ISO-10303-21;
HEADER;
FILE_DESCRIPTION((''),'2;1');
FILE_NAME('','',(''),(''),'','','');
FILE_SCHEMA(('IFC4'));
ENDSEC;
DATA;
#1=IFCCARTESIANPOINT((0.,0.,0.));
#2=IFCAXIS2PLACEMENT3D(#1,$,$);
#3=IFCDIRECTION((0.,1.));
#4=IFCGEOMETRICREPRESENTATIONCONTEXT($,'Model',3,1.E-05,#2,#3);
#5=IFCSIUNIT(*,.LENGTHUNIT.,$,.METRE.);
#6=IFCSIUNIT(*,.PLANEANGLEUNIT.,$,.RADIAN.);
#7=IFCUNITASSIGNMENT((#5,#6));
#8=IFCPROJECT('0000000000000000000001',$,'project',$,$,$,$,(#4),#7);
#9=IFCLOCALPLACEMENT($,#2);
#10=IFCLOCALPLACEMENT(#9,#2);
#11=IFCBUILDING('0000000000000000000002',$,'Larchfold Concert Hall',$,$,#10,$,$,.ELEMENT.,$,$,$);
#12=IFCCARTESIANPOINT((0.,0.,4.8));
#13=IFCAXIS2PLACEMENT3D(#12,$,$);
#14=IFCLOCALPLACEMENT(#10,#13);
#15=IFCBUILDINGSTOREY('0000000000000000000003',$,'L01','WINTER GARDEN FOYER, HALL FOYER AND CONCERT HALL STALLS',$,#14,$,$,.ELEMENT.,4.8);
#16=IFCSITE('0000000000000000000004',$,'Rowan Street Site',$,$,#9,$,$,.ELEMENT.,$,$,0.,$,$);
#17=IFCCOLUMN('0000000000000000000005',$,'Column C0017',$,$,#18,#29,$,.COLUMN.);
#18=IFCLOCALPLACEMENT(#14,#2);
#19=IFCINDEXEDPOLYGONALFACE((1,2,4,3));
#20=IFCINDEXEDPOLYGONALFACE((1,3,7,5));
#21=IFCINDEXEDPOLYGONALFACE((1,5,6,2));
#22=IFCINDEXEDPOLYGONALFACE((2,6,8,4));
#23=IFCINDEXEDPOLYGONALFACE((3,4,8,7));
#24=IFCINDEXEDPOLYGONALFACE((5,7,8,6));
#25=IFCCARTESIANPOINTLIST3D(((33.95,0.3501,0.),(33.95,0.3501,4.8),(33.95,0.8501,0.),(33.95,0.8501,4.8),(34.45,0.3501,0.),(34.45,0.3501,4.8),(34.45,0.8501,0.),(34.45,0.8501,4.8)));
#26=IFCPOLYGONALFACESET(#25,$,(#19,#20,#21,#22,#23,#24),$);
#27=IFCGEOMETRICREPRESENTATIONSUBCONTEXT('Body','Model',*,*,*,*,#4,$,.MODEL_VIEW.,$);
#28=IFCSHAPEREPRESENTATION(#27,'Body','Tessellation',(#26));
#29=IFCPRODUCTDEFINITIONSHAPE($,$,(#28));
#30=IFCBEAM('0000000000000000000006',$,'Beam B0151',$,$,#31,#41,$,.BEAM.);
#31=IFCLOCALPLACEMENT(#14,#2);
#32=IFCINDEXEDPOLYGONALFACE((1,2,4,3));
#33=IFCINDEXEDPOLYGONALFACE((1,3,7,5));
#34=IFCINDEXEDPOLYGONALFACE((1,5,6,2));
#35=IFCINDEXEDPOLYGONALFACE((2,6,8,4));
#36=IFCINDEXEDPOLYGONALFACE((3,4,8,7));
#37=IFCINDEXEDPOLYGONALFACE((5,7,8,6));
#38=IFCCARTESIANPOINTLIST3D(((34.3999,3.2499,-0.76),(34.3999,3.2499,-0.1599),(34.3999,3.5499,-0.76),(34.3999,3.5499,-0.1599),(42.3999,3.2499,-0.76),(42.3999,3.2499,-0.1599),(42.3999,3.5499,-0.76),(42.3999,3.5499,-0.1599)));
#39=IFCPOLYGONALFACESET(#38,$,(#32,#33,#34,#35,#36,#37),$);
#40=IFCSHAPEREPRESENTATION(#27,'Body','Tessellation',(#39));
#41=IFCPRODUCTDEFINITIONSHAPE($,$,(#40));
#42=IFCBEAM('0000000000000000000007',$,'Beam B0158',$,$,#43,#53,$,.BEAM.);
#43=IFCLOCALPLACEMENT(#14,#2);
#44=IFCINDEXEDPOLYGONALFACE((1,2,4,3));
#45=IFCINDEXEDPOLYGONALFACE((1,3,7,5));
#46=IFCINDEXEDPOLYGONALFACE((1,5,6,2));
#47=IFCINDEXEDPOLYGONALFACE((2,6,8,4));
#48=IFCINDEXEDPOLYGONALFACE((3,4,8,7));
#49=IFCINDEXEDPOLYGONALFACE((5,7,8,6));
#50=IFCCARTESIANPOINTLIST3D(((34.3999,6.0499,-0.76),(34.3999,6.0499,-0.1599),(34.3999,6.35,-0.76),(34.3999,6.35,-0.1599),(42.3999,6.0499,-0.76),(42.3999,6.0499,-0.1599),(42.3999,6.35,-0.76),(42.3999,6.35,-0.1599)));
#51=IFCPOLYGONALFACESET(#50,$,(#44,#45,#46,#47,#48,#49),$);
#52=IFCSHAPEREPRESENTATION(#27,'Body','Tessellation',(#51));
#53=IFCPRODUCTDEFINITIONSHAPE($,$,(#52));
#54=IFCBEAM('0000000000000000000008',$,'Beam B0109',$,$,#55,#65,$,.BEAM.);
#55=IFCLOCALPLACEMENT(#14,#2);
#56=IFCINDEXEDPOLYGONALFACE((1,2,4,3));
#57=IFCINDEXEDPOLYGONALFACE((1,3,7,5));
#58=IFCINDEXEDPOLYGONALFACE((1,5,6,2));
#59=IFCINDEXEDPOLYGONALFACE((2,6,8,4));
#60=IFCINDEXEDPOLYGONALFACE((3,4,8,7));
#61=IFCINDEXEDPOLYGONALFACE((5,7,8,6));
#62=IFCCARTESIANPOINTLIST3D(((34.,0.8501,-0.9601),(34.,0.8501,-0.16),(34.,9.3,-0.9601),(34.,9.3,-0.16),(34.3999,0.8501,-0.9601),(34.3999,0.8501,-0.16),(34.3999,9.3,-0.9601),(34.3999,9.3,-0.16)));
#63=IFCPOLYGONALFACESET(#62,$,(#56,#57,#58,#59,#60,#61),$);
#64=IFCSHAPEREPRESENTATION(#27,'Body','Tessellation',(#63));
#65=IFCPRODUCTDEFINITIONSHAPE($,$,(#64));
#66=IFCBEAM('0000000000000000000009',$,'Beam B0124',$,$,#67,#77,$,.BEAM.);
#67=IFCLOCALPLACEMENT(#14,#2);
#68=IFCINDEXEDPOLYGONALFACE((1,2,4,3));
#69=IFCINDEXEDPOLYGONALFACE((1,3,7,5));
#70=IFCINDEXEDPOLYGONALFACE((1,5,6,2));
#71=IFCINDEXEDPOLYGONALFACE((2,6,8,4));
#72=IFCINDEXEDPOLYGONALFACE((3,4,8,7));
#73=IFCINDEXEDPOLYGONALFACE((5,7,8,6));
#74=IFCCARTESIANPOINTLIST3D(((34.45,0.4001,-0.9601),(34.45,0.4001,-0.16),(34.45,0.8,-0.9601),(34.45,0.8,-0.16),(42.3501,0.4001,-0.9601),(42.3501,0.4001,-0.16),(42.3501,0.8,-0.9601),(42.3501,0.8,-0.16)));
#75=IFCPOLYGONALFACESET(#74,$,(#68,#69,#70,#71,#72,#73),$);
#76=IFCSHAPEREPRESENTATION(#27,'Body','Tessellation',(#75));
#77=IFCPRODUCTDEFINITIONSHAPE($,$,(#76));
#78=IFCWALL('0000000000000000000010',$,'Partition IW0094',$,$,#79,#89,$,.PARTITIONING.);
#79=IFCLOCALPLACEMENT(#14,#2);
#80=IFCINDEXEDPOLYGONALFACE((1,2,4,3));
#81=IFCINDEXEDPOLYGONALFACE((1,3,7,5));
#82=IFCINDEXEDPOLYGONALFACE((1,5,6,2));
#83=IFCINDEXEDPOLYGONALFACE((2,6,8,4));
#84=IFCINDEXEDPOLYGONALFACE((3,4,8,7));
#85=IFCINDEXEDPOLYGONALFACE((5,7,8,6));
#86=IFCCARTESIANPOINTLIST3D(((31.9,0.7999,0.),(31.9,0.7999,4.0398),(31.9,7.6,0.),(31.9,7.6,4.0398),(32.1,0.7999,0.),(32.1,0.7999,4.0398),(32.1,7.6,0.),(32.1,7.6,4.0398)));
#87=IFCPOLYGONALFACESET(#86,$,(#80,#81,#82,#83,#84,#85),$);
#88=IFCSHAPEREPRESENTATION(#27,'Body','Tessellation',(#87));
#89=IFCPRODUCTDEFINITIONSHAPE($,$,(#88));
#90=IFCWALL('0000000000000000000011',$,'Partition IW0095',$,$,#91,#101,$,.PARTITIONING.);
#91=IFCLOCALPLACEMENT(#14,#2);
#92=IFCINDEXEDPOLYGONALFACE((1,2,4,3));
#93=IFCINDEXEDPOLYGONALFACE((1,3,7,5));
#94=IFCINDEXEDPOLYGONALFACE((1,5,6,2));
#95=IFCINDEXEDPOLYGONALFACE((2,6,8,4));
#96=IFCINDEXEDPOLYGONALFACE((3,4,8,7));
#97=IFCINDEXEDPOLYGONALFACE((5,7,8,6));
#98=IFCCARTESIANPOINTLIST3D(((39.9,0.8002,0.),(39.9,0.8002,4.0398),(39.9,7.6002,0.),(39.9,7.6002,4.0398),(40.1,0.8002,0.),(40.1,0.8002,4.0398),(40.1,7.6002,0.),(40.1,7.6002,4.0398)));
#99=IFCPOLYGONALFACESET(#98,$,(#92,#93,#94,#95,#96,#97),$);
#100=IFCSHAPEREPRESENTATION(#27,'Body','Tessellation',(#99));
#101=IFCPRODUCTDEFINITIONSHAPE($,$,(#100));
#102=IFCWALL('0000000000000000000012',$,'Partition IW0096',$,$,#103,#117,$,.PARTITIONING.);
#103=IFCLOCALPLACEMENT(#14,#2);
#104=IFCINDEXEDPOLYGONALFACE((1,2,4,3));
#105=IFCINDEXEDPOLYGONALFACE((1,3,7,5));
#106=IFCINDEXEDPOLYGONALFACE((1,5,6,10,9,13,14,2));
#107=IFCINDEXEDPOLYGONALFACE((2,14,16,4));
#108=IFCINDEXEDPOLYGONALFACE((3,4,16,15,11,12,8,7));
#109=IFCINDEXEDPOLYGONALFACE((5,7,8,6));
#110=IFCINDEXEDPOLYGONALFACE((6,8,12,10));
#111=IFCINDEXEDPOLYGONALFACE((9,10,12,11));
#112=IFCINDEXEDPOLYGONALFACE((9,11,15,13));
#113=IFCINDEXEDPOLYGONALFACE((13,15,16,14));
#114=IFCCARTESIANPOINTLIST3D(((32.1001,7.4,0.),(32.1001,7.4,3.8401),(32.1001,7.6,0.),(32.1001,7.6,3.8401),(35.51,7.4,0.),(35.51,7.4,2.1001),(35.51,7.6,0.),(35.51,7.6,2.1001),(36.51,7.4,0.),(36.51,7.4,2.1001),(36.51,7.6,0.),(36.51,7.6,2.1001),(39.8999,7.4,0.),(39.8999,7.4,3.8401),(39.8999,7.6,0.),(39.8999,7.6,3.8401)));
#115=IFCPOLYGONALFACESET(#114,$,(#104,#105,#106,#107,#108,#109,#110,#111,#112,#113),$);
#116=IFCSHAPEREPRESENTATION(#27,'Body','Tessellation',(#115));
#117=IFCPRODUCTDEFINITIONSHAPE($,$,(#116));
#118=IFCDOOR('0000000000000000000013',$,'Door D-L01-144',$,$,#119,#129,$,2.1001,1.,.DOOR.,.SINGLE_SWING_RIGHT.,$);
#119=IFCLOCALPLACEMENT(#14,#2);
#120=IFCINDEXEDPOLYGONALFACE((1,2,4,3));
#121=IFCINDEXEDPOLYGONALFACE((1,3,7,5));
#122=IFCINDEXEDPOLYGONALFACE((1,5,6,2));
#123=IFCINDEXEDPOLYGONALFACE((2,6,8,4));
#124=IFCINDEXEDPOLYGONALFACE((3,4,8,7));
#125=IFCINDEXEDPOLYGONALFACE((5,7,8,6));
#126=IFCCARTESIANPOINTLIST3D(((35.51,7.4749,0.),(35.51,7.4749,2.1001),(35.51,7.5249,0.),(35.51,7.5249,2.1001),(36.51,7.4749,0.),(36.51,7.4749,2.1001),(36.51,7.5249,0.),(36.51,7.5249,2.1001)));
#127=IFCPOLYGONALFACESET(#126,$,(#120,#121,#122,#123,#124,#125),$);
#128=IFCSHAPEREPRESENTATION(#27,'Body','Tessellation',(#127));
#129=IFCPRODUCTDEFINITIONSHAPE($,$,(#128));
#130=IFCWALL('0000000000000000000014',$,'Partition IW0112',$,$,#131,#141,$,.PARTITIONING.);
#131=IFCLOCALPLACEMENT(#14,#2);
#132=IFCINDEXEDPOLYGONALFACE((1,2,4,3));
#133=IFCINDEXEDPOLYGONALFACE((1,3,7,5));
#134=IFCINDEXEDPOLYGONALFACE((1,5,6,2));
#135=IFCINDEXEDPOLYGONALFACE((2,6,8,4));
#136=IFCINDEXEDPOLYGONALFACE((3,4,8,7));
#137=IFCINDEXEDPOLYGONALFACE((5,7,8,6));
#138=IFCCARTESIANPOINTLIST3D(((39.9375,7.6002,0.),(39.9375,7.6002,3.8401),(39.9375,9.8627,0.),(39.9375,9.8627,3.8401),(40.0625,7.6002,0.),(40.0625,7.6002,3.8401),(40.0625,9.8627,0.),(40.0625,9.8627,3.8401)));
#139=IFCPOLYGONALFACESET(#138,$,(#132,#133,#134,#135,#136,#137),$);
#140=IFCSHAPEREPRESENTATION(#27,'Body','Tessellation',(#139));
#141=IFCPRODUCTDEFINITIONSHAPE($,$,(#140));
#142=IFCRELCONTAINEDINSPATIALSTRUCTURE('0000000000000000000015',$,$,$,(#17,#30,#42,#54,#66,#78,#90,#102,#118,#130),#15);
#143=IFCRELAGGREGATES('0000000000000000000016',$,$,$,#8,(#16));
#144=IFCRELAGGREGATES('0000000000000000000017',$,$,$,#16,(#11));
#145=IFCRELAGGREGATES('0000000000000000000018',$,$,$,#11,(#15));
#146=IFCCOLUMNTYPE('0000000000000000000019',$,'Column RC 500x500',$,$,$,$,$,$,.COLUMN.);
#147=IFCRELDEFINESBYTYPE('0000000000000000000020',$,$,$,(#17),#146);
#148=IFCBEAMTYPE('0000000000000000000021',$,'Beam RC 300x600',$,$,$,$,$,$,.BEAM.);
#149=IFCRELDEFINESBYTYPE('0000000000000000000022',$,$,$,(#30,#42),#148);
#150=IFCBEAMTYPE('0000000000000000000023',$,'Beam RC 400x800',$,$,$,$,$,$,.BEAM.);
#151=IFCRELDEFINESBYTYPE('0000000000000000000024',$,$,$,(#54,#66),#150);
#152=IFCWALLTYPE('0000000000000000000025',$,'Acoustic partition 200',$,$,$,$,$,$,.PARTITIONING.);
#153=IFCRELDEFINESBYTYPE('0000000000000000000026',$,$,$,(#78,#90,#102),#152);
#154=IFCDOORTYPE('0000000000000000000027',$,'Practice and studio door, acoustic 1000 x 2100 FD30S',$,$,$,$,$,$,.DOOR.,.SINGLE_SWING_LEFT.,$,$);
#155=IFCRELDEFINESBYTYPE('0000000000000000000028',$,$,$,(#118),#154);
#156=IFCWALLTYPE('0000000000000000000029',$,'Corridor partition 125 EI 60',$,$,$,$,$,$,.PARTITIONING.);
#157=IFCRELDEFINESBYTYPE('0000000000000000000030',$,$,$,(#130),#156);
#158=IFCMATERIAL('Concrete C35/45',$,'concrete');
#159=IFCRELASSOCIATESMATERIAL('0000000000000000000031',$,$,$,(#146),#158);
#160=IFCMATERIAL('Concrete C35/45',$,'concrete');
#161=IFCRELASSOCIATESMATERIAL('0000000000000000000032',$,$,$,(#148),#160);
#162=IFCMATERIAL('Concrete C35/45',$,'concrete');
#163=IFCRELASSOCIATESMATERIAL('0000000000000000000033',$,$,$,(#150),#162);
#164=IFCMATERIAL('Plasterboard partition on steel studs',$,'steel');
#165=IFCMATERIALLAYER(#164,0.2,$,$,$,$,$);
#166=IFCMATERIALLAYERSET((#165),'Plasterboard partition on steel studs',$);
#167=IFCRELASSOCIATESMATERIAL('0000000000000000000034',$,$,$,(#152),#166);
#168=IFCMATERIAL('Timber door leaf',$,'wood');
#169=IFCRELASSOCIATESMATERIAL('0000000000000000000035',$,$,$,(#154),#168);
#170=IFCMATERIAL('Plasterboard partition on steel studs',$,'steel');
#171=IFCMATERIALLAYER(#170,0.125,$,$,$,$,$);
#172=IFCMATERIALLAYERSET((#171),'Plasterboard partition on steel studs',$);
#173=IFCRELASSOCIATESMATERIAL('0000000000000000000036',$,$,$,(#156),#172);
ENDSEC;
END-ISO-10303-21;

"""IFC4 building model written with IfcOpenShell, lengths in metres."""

from ifc_helpers import new_model, si_unit, direction, frame, frame_2d, origin, origin_2d, place, context, subcontext, project, spatial, rectangle, extrude, material, layer, layer_set, material_profile, profile_set, type_object, element, fill, save


model = new_model("IFC4")

# Units and contexts
model_context = context("Model", 3, precision=1e-05, world=origin(), true_north=direction((0.0, 1.0)))
body_context = subcontext(model_context, "Body", "Model", "MODEL_VIEW")
ifc_project = project(units=[si_unit("LENGTHUNIT", "METRE"), si_unit("PLANEANGLEUNIT", "RADIAN")], contexts=[model_context])

# Site, building, storey
site_placement = place(None, origin())
site = spatial("IfcSite", under=ifc_project, at=site_placement, Name="Rowan Street Site", CompositionType="ELEMENT", RefElevation=0.0)
building_placement = place(site_placement, origin())
building = spatial("IfcBuilding", under=site, at=building_placement, Name="Larchfold Concert Hall", CompositionType="ELEMENT")
storey_placement = place(building_placement, frame((0.0, 0.0, 4.8)))
storey = spatial("IfcBuildingStorey", under=building, at=storey_placement, Name="L01", Description="WINTER GARDEN FOYER, HALL FOYER AND CONCERT HALL STALLS", CompositionType="ELEMENT", Elevation=4.8)

# Column
ifc_material_1 = material(Name="Concrete C35/45", Category="concrete")
ifc_material_profile_1 = material_profile(ifc_material_1, rectangle(XDim=0.5, YDim=0.5, at=origin_2d()))
ifc_profile_set_1 = profile_set([ifc_material_profile_1], Name="Concrete C35/45")
column_type = type_object("IfcColumnType", Name="Column RC 500x500", PredefinedType="COLUMN", material=ifc_profile_set_1)
column_placement = place(storey_placement, frame((34.2, 0.6001, 0.0), z_axis=(0.0, 0.0, 1.0), x_axis=(1.0, 0.0, 0.0)))
element("IfcColumn", 1, at=column_placement, inside=storey, type_object=column_type, Name="Column C0017", PredefinedType="COLUMN", context=body_context, shape_type="SweptSolid", body=[
    extrude(rectangle(XDim=0.5, YDim=0.5, at=origin_2d()), origin(), (0.0, 0.0, 1.0), 4.8),
])

# Beams
ifc_material_2 = material(Name="Concrete C35/45", Category="concrete")
ifc_material_profile_2 = material_profile(ifc_material_2, rectangle(XDim=0.3, YDim=0.6001, at=origin_2d()))
ifc_profile_set_2 = profile_set([ifc_material_profile_2], Name="Concrete C35/45")
beam_type_1 = type_object("IfcBeamType", Name="Beam RC 300x600", PredefinedType="BEAM", material=ifc_profile_set_2)
for number, where, z_axis, x_axis, name in (
    (2, (34.3999, 3.3999, -0.46), (1.0, 0.0, 0.0), (0.0, 1.0, 0.0), "Beam B0151"),
    (3, (34.3999, 6.2, -0.46), (1.0, 0.0, 0.0), (0.0, 1.0, 0.0), "Beam B0158"),
):
    element("IfcBeam", number, at=place(storey_placement, frame(where, z_axis=z_axis, x_axis=x_axis)), inside=storey, type_object=beam_type_1, Name=name, PredefinedType="BEAM", context=body_context, shape_type="SweptSolid", body=[
        extrude(rectangle(XDim=0.3, YDim=0.6001, at=origin_2d()), origin(), (0.0, 0.0, 1.0), 8.0),
    ])
ifc_material_3 = material(Name="Concrete C35/45", Category="concrete")
ifc_material_profile_3 = material_profile(ifc_material_3, rectangle(XDim=0.3999, YDim=0.8, at=origin_2d()))
ifc_profile_set_3 = profile_set([ifc_material_profile_3], Name="Concrete C35/45")
beam_type_2 = type_object("IfcBeamType", Name="Beam RC 400x800", PredefinedType="BEAM", material=ifc_profile_set_3)
beam_1_placement = place(storey_placement, frame((34.2, 0.8501, -0.5601), z_axis=(0.0, 1.0, 0.0), x_axis=(-1.0, 0.0, 0.0)))
element("IfcBeam", 4, at=beam_1_placement, inside=storey, type_object=beam_type_2, Name="Beam B0109", PredefinedType="BEAM", context=body_context, shape_type="SweptSolid", body=[
    extrude(rectangle(XDim=0.3999, YDim=0.8, at=origin_2d()), origin(), (0.0, 0.0, 1.0), 8.45),
])
beam_2_placement = place(storey_placement, frame((34.45, 0.6001, -0.5601), z_axis=(1.0, 0.0, 0.0), x_axis=(0.0, 1.0, 0.0)))
element("IfcBeam", 5, at=beam_2_placement, inside=storey, type_object=beam_type_2, Name="Beam B0124", PredefinedType="BEAM", context=body_context, shape_type="SweptSolid", body=[
    extrude(rectangle(XDim=0.3999, YDim=0.8, at=origin_2d()), origin(), (0.0, 0.0, 1.0), 7.9001),
])

# Walls
ifc_material_4 = material(Name="Plasterboard partition on steel studs", Category="steel")
ifc_layer_1 = layer(ifc_material_4, 0.2)
ifc_layer_set_1 = layer_set([ifc_layer_1], Name="Plasterboard partition on steel studs")
wall_type_1 = type_object("IfcWallType", Name="Acoustic partition 200", PredefinedType="PARTITIONING", material=ifc_layer_set_1)
for number, where, z_axis, x_axis, name in (
    (6, (32.0, 0.8, 0.0), (0.0, 0.0, 1.0), (0.0, 1.0, 0.0), "Partition IW0094"),
    (7, (40.0, 7.6001, 0.0), (0.0, 0.0, 1.0), (0.0, -1.0, 0.0), "Partition IW0095"),
):
    element("IfcWall", number, at=place(storey_placement, frame(where, z_axis=z_axis, x_axis=x_axis)), inside=storey, type_object=wall_type_1, Name=name, PredefinedType="PARTITIONING", context=body_context, shape_type="SweptSolid", body=[
        extrude(rectangle(XDim=6.8, YDim=0.2, at=frame_2d((3.3999, 0.0))), origin(), (0.0, 0.0, 1.0), 4.0398),
    ])

# Wall, opening, door
wall_1_placement = place(storey_placement, frame((32.1001, 7.5, 0.0), z_axis=(0.0, 0.0, 1.0), x_axis=(1.0, 0.0, 0.0)))
wall_1 = element("IfcWall", 8, at=wall_1_placement, inside=storey, type_object=wall_type_1, Name="Partition IW0096", PredefinedType="PARTITIONING", context=body_context, shape_type="SweptSolid", body=[
    extrude(rectangle(XDim=7.7998, YDim=0.2, at=frame_2d((3.8999, 0.0))), origin(), (0.0, 0.0, 1.0), 3.8401),
])
opening_1_placement = place(wall_1_placement, frame((3.4099, 0.0, 0.0)))
opening_1 = element("IfcOpeningElement", 9, at=opening_1_placement, cuts=wall_1, PredefinedType="OPENING", context=body_context, shape_type="SweptSolid", body=[
    extrude(rectangle(XDim=1.0, YDim=2.1001, at=frame_2d((0.5, 1.05))), frame((0.0, 0.1099, 0.0), z_axis=(0.0, -1.0, 0.0), x_axis=(1.0, 0.0, 0.0)), (0.0, 0.0, 1.0), 0.22),
])
ifc_material_5 = material(Name="Timber door leaf", Category="wood")
door_type = type_object("IfcDoorType", Name="Practice and studio door, acoustic 1000 x 2100 FD30S", OperationType="SINGLE_SWING_LEFT", PredefinedType="DOOR", material=ifc_material_5)
door_placement = place(opening_1_placement, origin())
door = element("IfcDoor", 10, at=door_placement, inside=storey, type_object=door_type, Name="Door D-L01-144", OperationType="SINGLE_SWING_RIGHT", OverallHeight=2.1001, OverallWidth=1.0, PredefinedType="DOOR", context=body_context, shape_type="SweptSolid", body=[
    extrude(rectangle(XDim=1.0, YDim=2.1001, at=frame_2d((0.5, 1.05))), frame((0.0, 0.0249, 0.0), z_axis=(0.0, -1.0, 0.0), x_axis=(1.0, 0.0, 0.0)), (0.0, 0.0, 1.0), 0.05),
])
fill(opening_1, door)

# Wall
ifc_material_6 = material(Name="Plasterboard partition on steel studs", Category="steel")
ifc_layer_2 = layer(ifc_material_6, 0.125)
ifc_layer_set_2 = layer_set([ifc_layer_2], Name="Plasterboard partition on steel studs")
wall_type_2 = type_object("IfcWallType", Name="Corridor partition 125 EI 60", PredefinedType="PARTITIONING", material=ifc_layer_set_2)
wall_2_placement = place(storey_placement, frame((40.0, 7.6001, 0.0), z_axis=(0.0, 0.0, 1.0), x_axis=(0.0, 1.0, 0.0)))
element("IfcWall", 11, at=wall_2_placement, inside=storey, type_object=wall_type_2, Name="Partition IW0112", PredefinedType="PARTITIONING", context=body_context, shape_type="SweptSolid", body=[
    extrude(rectangle(XDim=2.2625, YDim=0.125, at=frame_2d((1.1313, 0.0))), origin(), (0.0, 0.0, 1.0), 3.8401),
])

save(model, "model.ifc")
